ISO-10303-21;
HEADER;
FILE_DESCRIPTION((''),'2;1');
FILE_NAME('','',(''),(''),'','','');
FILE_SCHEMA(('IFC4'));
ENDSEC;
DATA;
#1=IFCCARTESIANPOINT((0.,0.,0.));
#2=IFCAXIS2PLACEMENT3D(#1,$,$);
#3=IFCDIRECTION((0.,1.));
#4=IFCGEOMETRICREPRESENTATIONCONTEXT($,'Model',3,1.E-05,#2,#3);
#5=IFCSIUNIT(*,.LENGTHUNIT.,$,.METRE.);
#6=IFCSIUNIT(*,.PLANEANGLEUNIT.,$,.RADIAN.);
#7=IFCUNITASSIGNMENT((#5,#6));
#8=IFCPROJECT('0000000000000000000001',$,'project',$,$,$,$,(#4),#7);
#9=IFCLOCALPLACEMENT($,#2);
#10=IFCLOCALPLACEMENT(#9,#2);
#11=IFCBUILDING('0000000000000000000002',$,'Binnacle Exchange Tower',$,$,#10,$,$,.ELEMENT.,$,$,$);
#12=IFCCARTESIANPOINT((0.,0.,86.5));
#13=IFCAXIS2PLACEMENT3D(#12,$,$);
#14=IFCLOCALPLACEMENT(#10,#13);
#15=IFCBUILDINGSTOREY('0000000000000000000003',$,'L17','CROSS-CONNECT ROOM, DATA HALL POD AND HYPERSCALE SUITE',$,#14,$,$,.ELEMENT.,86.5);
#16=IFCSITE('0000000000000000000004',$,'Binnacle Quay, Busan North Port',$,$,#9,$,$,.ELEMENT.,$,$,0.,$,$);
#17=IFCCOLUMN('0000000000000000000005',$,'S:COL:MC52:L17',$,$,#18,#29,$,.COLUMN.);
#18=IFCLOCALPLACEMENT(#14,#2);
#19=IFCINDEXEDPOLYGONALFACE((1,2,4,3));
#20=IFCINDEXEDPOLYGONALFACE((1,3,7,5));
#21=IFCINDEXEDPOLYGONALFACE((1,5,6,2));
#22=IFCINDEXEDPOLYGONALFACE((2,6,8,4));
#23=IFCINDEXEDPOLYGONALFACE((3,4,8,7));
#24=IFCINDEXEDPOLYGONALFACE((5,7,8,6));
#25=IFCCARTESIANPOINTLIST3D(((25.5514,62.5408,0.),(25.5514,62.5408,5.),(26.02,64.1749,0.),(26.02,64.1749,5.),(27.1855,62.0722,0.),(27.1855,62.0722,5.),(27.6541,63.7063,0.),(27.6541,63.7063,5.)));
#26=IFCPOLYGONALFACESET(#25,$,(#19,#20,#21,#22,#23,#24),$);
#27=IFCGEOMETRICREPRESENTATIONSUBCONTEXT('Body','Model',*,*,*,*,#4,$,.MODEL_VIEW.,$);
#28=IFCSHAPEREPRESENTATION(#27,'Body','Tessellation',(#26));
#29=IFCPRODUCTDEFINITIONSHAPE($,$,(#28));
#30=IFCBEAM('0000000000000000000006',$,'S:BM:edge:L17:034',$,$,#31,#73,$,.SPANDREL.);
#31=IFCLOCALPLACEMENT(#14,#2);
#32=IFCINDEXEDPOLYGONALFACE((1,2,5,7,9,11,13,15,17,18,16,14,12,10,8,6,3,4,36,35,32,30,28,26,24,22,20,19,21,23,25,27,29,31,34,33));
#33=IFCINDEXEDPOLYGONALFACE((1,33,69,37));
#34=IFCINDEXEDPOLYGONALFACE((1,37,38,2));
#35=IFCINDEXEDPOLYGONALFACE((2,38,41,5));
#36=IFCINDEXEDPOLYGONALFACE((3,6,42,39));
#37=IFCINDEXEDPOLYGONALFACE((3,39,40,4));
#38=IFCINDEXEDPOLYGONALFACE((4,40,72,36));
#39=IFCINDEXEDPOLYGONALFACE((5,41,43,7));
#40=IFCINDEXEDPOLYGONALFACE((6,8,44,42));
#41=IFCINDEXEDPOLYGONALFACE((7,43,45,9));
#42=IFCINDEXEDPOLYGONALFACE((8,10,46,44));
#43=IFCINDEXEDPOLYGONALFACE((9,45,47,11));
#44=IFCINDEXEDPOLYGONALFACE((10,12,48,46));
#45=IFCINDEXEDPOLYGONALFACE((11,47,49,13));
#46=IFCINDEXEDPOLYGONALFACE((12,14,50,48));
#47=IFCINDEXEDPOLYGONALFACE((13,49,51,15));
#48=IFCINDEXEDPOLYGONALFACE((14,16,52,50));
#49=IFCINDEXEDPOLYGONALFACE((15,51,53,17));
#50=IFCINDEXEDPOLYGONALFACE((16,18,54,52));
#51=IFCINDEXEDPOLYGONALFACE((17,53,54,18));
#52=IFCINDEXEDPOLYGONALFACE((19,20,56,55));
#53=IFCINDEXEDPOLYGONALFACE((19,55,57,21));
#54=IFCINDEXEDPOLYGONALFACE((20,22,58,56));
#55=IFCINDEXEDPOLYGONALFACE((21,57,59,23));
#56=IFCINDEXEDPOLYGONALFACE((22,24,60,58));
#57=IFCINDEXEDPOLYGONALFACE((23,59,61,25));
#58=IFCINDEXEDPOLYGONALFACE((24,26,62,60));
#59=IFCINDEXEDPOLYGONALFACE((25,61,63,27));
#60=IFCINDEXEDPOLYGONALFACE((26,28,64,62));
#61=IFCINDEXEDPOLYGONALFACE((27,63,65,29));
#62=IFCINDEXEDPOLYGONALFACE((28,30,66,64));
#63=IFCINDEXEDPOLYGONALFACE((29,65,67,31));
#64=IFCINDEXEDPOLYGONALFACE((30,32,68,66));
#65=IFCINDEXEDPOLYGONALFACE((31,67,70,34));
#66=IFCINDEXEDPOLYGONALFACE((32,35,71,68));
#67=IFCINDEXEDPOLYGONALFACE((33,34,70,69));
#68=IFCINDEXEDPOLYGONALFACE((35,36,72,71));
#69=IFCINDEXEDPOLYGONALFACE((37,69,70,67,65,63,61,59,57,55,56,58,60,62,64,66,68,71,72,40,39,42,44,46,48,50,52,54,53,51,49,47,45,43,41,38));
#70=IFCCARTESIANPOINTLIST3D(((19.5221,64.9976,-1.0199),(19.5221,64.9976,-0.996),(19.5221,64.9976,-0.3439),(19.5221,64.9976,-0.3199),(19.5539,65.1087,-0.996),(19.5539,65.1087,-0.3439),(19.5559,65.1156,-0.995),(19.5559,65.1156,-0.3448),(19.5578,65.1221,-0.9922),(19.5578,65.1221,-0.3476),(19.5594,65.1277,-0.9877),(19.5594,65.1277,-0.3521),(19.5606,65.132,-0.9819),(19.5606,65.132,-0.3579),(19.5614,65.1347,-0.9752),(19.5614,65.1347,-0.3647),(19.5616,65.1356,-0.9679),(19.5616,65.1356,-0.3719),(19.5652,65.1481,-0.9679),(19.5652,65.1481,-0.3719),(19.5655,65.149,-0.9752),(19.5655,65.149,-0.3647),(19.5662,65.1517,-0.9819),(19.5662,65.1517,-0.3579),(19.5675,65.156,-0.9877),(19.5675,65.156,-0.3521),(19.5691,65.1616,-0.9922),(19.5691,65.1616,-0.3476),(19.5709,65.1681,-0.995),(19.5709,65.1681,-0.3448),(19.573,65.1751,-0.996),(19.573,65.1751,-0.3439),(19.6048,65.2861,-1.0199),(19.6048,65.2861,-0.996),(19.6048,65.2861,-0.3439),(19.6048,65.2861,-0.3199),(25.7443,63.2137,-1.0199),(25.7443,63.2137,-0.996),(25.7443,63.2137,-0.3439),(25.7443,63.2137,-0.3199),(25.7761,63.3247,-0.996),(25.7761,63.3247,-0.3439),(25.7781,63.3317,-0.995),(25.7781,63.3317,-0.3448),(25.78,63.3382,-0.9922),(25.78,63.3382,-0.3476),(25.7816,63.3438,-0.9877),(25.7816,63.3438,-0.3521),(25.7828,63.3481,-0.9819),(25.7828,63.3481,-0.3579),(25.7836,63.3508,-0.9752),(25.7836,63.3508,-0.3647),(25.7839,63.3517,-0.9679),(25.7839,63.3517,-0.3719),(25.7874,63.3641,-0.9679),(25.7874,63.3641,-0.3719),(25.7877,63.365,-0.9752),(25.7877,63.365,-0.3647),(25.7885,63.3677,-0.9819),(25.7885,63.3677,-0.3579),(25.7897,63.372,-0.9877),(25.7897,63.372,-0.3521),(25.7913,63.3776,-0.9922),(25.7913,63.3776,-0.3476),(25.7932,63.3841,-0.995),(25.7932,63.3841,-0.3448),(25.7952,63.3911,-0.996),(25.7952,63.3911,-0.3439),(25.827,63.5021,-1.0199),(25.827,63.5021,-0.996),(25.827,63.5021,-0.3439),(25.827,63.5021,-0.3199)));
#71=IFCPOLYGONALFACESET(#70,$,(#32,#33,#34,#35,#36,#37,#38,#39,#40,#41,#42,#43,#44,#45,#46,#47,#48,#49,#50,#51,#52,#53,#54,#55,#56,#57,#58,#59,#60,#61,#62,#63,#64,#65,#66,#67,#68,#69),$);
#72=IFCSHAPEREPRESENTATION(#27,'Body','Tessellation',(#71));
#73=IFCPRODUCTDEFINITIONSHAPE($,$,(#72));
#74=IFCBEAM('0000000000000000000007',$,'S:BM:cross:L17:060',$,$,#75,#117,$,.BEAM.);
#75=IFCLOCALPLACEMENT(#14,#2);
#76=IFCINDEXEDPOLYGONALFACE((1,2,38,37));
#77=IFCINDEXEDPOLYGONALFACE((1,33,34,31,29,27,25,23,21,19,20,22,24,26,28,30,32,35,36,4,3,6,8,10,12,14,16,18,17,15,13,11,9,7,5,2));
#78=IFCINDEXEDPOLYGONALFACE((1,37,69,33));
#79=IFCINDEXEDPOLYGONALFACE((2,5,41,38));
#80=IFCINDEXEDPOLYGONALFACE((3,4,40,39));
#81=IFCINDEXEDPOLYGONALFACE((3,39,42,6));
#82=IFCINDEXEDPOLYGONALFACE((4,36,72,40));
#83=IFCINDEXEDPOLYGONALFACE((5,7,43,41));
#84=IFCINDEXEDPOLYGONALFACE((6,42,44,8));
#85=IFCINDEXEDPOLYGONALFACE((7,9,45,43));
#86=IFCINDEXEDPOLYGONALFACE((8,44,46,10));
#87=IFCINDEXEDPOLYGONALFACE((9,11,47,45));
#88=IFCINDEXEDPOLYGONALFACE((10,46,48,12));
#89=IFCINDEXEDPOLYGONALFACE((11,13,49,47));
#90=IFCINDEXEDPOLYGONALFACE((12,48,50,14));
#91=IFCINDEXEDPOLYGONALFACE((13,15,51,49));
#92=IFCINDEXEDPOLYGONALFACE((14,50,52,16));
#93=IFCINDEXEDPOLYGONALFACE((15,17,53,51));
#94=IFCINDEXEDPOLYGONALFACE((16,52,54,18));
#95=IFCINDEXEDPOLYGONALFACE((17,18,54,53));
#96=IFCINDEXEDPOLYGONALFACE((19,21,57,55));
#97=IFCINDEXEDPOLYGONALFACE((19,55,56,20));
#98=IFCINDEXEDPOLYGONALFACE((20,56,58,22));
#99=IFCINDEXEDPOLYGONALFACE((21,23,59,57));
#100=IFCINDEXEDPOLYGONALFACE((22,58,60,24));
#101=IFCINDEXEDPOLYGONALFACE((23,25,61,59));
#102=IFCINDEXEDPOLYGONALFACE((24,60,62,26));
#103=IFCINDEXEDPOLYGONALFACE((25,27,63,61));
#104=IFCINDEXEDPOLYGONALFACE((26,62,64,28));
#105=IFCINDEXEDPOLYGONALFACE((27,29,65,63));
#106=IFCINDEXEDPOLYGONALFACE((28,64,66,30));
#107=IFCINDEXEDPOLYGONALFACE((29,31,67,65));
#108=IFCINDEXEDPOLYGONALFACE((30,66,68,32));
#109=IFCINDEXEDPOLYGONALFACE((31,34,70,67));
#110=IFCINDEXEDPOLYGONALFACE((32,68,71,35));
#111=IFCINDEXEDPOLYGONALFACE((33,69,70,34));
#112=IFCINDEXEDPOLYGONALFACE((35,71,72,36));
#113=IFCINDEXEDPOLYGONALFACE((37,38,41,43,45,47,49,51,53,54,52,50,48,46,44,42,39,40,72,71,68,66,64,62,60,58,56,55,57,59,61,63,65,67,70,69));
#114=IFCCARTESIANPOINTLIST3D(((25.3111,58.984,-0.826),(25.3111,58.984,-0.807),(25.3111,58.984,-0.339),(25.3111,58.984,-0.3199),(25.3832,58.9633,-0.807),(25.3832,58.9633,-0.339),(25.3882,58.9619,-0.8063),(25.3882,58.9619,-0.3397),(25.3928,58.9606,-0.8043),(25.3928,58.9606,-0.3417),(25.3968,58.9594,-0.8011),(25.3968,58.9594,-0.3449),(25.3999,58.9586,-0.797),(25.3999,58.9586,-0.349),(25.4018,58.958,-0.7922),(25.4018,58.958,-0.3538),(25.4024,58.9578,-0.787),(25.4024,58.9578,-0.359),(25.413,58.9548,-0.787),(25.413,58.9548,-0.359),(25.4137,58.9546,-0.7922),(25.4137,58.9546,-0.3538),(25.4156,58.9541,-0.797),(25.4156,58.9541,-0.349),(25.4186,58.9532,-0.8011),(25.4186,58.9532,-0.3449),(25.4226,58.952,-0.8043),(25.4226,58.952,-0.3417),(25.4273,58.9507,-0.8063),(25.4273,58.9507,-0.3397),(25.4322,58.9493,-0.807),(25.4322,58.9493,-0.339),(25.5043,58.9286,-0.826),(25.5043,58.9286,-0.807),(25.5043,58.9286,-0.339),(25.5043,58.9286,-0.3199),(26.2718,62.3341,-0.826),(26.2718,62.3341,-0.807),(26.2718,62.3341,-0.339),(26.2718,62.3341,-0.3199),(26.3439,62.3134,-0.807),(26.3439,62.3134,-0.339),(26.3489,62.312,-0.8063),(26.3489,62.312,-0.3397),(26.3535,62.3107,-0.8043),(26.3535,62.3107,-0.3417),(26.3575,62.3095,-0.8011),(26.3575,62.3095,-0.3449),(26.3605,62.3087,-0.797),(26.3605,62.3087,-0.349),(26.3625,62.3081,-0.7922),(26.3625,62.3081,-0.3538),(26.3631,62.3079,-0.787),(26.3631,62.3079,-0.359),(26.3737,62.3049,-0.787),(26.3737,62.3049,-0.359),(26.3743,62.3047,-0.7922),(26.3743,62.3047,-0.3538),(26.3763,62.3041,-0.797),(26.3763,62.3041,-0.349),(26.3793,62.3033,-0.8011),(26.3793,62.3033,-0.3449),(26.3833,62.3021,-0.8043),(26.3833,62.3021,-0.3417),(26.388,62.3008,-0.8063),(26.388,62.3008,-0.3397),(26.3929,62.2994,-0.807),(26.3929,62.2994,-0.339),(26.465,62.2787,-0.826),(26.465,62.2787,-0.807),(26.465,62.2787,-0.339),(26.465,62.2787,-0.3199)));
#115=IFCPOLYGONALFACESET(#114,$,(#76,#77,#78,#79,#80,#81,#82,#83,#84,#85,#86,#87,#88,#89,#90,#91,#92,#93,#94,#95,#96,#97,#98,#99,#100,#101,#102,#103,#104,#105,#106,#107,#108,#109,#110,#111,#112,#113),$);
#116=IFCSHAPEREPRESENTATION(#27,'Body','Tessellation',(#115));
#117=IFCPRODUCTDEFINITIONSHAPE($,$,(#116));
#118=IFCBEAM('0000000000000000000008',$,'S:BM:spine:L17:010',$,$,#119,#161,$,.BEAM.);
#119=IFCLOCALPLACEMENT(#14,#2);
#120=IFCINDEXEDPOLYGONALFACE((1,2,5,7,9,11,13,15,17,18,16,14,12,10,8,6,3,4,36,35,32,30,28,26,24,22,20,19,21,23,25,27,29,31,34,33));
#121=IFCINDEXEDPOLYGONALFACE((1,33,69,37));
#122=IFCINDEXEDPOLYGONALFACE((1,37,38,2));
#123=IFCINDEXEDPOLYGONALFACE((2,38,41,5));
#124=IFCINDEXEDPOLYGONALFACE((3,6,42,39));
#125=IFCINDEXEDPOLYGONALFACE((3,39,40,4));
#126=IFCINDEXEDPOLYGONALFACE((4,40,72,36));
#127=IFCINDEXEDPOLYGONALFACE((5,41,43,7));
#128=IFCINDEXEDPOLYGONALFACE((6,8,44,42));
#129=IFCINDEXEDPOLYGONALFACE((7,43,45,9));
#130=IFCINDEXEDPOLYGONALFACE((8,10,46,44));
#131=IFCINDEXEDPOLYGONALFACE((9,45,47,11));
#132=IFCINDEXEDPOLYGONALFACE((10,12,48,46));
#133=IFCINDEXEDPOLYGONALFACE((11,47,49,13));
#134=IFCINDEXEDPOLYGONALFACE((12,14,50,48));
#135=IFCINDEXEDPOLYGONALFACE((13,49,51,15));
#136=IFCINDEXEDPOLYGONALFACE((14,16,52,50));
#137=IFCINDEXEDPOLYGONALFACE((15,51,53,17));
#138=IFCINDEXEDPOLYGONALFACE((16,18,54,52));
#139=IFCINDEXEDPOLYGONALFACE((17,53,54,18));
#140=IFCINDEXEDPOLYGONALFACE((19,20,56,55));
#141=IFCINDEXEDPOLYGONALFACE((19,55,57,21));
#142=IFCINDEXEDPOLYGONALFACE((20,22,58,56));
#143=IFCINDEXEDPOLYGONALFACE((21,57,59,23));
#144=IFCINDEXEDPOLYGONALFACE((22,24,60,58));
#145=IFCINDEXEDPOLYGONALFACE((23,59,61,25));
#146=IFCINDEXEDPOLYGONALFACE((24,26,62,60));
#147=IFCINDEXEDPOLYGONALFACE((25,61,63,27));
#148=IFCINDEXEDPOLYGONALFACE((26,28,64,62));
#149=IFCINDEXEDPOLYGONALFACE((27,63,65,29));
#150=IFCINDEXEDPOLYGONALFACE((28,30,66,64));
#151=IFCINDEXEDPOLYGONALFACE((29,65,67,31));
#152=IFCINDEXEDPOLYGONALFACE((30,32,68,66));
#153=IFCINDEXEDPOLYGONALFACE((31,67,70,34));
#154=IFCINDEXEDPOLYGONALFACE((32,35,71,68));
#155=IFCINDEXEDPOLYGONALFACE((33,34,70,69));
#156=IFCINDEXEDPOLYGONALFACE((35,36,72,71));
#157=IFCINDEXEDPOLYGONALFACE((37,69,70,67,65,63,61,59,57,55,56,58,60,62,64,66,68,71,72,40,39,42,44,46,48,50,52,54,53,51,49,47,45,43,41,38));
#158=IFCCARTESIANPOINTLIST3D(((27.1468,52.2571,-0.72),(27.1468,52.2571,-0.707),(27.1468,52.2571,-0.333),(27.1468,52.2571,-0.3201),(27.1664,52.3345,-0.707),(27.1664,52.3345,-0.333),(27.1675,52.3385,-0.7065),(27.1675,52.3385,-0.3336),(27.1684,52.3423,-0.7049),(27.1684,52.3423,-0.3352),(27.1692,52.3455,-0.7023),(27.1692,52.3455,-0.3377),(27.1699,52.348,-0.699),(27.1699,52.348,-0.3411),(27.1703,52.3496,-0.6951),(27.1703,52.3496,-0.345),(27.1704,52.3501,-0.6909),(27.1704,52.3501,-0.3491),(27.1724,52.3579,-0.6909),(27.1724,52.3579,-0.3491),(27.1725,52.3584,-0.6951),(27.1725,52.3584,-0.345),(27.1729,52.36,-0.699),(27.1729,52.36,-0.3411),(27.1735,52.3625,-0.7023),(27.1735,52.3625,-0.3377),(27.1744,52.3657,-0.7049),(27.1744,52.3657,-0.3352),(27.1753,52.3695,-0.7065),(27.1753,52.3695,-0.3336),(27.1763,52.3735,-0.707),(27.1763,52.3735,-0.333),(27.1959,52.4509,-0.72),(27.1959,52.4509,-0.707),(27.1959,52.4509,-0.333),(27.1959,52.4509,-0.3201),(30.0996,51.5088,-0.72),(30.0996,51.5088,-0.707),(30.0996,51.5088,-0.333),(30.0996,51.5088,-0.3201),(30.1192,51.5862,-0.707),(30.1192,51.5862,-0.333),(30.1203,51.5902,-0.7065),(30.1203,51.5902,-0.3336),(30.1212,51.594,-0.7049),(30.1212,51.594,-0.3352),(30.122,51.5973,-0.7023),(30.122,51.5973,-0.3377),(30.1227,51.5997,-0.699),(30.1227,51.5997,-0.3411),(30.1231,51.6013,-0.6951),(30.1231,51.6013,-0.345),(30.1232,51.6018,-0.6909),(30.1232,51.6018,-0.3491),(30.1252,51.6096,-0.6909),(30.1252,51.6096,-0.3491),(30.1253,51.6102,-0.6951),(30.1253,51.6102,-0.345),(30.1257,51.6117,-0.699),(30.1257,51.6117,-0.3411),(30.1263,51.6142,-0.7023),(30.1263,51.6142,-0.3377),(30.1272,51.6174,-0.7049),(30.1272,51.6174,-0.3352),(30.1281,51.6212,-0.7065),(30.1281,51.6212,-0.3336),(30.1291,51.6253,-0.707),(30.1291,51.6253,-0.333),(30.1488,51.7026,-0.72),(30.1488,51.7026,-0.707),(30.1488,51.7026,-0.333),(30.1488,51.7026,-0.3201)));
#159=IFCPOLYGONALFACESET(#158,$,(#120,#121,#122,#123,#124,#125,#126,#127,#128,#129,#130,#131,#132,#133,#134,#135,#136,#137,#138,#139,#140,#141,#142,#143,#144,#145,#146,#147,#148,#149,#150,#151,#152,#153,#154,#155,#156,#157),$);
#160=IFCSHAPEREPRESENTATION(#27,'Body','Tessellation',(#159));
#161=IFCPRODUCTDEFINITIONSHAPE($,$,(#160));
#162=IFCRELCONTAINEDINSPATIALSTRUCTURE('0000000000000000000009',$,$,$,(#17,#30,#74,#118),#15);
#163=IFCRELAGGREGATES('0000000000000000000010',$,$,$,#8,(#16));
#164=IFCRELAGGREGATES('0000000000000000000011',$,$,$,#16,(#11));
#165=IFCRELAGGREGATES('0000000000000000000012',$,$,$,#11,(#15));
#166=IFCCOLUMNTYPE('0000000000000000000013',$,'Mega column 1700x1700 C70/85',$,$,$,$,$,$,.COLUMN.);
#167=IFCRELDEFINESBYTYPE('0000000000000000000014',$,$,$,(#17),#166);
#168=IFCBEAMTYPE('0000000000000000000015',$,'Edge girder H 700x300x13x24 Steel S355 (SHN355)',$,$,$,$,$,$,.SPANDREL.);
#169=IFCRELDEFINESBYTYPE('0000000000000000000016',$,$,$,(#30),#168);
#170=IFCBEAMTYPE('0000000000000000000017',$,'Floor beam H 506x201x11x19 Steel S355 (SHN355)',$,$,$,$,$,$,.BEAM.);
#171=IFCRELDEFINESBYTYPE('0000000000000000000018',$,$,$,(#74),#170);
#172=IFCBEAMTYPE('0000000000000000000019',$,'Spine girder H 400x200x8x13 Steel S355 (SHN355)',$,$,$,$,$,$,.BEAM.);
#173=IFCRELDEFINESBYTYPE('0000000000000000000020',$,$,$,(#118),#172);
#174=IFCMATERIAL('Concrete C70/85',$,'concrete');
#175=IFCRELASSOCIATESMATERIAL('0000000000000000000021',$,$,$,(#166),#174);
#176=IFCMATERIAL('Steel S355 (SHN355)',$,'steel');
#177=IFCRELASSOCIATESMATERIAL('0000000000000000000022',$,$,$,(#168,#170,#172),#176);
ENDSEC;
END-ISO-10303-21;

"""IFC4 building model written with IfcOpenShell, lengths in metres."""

from ifc_helpers import new_model, si_unit, direction, frame, origin, origin_2d, place, context, subcontext, project, spatial, rectangle, i_section, extrude, material, material_profile, profile_set, type_object, element, save


model = new_model("IFC4")

# Units and contexts
model_context = context("Model", 3, precision=1e-05, world=origin(), true_north=direction((0.0, 1.0)))
body_context = subcontext(model_context, "Body", "Model", "MODEL_VIEW")
ifc_project = project(units=[si_unit("LENGTHUNIT", "METRE"), si_unit("PLANEANGLEUNIT", "RADIAN")], contexts=[model_context])

# Site, building, storey
site_placement = place(None, origin())
site = spatial("IfcSite", under=ifc_project, at=site_placement, Name="Binnacle Quay, Busan North Port", CompositionType="ELEMENT", RefElevation=0.0)
building_placement = place(site_placement, origin())
building = spatial("IfcBuilding", under=site, at=building_placement, Name="Binnacle Exchange Tower", CompositionType="ELEMENT")
storey_placement = place(building_placement, frame((0.0, 0.0, 86.5)))
storey = spatial("IfcBuildingStorey", under=building, at=storey_placement, Name="L17", Description="CROSS-CONNECT ROOM, DATA HALL POD AND HYPERSCALE SUITE", CompositionType="ELEMENT", Elevation=86.5)

# Column
ifc_material_1 = material(Name="Concrete C70/85", Category="concrete")
ifc_material_profile_1 = material_profile(ifc_material_1, rectangle(XDim=1.7, YDim=1.7, at=origin_2d()), Name="Mega column 1700x1700 C70/85")
ifc_profile_set_1 = profile_set([ifc_material_profile_1], Name="Concrete C70/85")
column_type = type_object("IfcColumnType", Name="Mega column 1700x1700 C70/85", PredefinedType="COLUMN", material=ifc_profile_set_1)
column_placement = place(storey_placement, frame((26.6028, 63.1235, 0.0), z_axis=(0.0, 0.0, 1.0), x_axis=(-0.961262, 0.275637, 0.0)))
element("IfcColumn", 1, at=column_placement, inside=storey, type_object=column_type, Name="S:COL:MC52:L17", PredefinedType="COLUMN", context=body_context, shape_type="SweptSolid", body=[
    extrude(rectangle(XDim=1.7, YDim=1.7, at=origin_2d()), origin(), (0.0, 0.0, 1.0), 5.0),
])

# Beams
ifc_material_2 = material(Name="Steel S355 (SHN355)", Category="steel")
ifc_material_profile_2 = material_profile(ifc_material_2, i_section(OverallWidth=0.3, OverallDepth=0.7, WebThickness=0.0129, FlangeThickness=0.0239, FilletRadius=0.0281, at=origin_2d()), Name="H 700x300x13x24")
ifc_profile_set_2 = profile_set([ifc_material_profile_2], Name="Steel S355 (SHN355)")
beam_type_1 = type_object("IfcBeamType", Name="Edge girder H 700x300x13x24 Steel S355 (SHN355)", PredefinedType="SPANDREL", material=ifc_profile_set_2)
beam_1_placement = place(storey_placement, frame((25.7856, 63.3579, -0.6699), z_axis=(-0.961272, 0.275603, 0.0), x_axis=(-0.275603, -0.961272, 0.0)))
element("IfcBeam", 2, at=beam_1_placement, inside=storey, type_object=beam_type_1, Name="S:BM:edge:L17:034", PredefinedType="SPANDREL", context=body_context, shape_type="SweptSolid", body=[
    extrude(i_section(OverallWidth=0.3, OverallDepth=0.7, WebThickness=0.0129, FlangeThickness=0.0239, FilletRadius=0.0281, at=origin_2d()), origin(), (0.0, 0.0, 1.0), 6.4729),
])
ifc_material_profile_3 = material_profile(ifc_material_2, i_section(OverallWidth=0.2009, OverallDepth=0.5061, WebThickness=0.011, FlangeThickness=0.019, FilletRadius=0.02, at=origin_2d()), Name="H 506x201x11x19")
ifc_profile_set_3 = profile_set([ifc_material_profile_3], Name="Steel S355 (SHN355)")
beam_type_2 = type_object("IfcBeamType", Name="Floor beam H 506x201x11x19 Steel S355 (SHN355)", PredefinedType="BEAM", material=ifc_profile_set_3)
beam_2_placement = place(storey_placement, frame((26.3684, 62.3064, -0.573), z_axis=(-0.275655, -0.961257, 0.0), x_axis=(0.961257, -0.275655, 0.0)))
element("IfcBeam", 3, at=beam_2_placement, inside=storey, type_object=beam_type_2, Name="S:BM:cross:L17:060", PredefinedType="BEAM", context=body_context, shape_type="SweptSolid", body=[
    extrude(i_section(OverallWidth=0.2009, OverallDepth=0.5061, WebThickness=0.011, FlangeThickness=0.019, FilletRadius=0.02, at=origin_2d()), origin(), (0.0, 0.0, 1.0), 3.4851),
])
ifc_material_profile_4 = material_profile(ifc_material_2, i_section(OverallWidth=0.2, OverallDepth=0.3999, WebThickness=0.0081, FlangeThickness=0.0129, FilletRadius=0.0161, at=origin_2d()), Name="H 400x200x8x13")
ifc_profile_set_4 = profile_set([ifc_material_profile_4], Name="Steel S355 (SHN355)")
beam_type_3 = type_object("IfcBeamType", Name="Spine girder H 400x200x8x13 Steel S355 (SHN355)", PredefinedType="BEAM", material=ifc_profile_set_4)
beam_3_placement = place(storey_placement, frame((27.1714, 52.354, -0.52), z_axis=(0.96936, -0.245646, 0.0), x_axis=(0.245646, 0.96936, 0.0)))
element("IfcBeam", 4, at=beam_3_placement, inside=storey, type_object=beam_type_3, Name="S:BM:spine:L17:010", PredefinedType="BEAM", context=body_context, shape_type="SweptSolid", body=[
    extrude(i_section(OverallWidth=0.2, OverallDepth=0.3999, WebThickness=0.0081, FlangeThickness=0.0129, FilletRadius=0.0161, at=origin_2d()), origin(), (0.0, 0.0, 1.0), 3.0461),
])

save(model, "model.ifc")
